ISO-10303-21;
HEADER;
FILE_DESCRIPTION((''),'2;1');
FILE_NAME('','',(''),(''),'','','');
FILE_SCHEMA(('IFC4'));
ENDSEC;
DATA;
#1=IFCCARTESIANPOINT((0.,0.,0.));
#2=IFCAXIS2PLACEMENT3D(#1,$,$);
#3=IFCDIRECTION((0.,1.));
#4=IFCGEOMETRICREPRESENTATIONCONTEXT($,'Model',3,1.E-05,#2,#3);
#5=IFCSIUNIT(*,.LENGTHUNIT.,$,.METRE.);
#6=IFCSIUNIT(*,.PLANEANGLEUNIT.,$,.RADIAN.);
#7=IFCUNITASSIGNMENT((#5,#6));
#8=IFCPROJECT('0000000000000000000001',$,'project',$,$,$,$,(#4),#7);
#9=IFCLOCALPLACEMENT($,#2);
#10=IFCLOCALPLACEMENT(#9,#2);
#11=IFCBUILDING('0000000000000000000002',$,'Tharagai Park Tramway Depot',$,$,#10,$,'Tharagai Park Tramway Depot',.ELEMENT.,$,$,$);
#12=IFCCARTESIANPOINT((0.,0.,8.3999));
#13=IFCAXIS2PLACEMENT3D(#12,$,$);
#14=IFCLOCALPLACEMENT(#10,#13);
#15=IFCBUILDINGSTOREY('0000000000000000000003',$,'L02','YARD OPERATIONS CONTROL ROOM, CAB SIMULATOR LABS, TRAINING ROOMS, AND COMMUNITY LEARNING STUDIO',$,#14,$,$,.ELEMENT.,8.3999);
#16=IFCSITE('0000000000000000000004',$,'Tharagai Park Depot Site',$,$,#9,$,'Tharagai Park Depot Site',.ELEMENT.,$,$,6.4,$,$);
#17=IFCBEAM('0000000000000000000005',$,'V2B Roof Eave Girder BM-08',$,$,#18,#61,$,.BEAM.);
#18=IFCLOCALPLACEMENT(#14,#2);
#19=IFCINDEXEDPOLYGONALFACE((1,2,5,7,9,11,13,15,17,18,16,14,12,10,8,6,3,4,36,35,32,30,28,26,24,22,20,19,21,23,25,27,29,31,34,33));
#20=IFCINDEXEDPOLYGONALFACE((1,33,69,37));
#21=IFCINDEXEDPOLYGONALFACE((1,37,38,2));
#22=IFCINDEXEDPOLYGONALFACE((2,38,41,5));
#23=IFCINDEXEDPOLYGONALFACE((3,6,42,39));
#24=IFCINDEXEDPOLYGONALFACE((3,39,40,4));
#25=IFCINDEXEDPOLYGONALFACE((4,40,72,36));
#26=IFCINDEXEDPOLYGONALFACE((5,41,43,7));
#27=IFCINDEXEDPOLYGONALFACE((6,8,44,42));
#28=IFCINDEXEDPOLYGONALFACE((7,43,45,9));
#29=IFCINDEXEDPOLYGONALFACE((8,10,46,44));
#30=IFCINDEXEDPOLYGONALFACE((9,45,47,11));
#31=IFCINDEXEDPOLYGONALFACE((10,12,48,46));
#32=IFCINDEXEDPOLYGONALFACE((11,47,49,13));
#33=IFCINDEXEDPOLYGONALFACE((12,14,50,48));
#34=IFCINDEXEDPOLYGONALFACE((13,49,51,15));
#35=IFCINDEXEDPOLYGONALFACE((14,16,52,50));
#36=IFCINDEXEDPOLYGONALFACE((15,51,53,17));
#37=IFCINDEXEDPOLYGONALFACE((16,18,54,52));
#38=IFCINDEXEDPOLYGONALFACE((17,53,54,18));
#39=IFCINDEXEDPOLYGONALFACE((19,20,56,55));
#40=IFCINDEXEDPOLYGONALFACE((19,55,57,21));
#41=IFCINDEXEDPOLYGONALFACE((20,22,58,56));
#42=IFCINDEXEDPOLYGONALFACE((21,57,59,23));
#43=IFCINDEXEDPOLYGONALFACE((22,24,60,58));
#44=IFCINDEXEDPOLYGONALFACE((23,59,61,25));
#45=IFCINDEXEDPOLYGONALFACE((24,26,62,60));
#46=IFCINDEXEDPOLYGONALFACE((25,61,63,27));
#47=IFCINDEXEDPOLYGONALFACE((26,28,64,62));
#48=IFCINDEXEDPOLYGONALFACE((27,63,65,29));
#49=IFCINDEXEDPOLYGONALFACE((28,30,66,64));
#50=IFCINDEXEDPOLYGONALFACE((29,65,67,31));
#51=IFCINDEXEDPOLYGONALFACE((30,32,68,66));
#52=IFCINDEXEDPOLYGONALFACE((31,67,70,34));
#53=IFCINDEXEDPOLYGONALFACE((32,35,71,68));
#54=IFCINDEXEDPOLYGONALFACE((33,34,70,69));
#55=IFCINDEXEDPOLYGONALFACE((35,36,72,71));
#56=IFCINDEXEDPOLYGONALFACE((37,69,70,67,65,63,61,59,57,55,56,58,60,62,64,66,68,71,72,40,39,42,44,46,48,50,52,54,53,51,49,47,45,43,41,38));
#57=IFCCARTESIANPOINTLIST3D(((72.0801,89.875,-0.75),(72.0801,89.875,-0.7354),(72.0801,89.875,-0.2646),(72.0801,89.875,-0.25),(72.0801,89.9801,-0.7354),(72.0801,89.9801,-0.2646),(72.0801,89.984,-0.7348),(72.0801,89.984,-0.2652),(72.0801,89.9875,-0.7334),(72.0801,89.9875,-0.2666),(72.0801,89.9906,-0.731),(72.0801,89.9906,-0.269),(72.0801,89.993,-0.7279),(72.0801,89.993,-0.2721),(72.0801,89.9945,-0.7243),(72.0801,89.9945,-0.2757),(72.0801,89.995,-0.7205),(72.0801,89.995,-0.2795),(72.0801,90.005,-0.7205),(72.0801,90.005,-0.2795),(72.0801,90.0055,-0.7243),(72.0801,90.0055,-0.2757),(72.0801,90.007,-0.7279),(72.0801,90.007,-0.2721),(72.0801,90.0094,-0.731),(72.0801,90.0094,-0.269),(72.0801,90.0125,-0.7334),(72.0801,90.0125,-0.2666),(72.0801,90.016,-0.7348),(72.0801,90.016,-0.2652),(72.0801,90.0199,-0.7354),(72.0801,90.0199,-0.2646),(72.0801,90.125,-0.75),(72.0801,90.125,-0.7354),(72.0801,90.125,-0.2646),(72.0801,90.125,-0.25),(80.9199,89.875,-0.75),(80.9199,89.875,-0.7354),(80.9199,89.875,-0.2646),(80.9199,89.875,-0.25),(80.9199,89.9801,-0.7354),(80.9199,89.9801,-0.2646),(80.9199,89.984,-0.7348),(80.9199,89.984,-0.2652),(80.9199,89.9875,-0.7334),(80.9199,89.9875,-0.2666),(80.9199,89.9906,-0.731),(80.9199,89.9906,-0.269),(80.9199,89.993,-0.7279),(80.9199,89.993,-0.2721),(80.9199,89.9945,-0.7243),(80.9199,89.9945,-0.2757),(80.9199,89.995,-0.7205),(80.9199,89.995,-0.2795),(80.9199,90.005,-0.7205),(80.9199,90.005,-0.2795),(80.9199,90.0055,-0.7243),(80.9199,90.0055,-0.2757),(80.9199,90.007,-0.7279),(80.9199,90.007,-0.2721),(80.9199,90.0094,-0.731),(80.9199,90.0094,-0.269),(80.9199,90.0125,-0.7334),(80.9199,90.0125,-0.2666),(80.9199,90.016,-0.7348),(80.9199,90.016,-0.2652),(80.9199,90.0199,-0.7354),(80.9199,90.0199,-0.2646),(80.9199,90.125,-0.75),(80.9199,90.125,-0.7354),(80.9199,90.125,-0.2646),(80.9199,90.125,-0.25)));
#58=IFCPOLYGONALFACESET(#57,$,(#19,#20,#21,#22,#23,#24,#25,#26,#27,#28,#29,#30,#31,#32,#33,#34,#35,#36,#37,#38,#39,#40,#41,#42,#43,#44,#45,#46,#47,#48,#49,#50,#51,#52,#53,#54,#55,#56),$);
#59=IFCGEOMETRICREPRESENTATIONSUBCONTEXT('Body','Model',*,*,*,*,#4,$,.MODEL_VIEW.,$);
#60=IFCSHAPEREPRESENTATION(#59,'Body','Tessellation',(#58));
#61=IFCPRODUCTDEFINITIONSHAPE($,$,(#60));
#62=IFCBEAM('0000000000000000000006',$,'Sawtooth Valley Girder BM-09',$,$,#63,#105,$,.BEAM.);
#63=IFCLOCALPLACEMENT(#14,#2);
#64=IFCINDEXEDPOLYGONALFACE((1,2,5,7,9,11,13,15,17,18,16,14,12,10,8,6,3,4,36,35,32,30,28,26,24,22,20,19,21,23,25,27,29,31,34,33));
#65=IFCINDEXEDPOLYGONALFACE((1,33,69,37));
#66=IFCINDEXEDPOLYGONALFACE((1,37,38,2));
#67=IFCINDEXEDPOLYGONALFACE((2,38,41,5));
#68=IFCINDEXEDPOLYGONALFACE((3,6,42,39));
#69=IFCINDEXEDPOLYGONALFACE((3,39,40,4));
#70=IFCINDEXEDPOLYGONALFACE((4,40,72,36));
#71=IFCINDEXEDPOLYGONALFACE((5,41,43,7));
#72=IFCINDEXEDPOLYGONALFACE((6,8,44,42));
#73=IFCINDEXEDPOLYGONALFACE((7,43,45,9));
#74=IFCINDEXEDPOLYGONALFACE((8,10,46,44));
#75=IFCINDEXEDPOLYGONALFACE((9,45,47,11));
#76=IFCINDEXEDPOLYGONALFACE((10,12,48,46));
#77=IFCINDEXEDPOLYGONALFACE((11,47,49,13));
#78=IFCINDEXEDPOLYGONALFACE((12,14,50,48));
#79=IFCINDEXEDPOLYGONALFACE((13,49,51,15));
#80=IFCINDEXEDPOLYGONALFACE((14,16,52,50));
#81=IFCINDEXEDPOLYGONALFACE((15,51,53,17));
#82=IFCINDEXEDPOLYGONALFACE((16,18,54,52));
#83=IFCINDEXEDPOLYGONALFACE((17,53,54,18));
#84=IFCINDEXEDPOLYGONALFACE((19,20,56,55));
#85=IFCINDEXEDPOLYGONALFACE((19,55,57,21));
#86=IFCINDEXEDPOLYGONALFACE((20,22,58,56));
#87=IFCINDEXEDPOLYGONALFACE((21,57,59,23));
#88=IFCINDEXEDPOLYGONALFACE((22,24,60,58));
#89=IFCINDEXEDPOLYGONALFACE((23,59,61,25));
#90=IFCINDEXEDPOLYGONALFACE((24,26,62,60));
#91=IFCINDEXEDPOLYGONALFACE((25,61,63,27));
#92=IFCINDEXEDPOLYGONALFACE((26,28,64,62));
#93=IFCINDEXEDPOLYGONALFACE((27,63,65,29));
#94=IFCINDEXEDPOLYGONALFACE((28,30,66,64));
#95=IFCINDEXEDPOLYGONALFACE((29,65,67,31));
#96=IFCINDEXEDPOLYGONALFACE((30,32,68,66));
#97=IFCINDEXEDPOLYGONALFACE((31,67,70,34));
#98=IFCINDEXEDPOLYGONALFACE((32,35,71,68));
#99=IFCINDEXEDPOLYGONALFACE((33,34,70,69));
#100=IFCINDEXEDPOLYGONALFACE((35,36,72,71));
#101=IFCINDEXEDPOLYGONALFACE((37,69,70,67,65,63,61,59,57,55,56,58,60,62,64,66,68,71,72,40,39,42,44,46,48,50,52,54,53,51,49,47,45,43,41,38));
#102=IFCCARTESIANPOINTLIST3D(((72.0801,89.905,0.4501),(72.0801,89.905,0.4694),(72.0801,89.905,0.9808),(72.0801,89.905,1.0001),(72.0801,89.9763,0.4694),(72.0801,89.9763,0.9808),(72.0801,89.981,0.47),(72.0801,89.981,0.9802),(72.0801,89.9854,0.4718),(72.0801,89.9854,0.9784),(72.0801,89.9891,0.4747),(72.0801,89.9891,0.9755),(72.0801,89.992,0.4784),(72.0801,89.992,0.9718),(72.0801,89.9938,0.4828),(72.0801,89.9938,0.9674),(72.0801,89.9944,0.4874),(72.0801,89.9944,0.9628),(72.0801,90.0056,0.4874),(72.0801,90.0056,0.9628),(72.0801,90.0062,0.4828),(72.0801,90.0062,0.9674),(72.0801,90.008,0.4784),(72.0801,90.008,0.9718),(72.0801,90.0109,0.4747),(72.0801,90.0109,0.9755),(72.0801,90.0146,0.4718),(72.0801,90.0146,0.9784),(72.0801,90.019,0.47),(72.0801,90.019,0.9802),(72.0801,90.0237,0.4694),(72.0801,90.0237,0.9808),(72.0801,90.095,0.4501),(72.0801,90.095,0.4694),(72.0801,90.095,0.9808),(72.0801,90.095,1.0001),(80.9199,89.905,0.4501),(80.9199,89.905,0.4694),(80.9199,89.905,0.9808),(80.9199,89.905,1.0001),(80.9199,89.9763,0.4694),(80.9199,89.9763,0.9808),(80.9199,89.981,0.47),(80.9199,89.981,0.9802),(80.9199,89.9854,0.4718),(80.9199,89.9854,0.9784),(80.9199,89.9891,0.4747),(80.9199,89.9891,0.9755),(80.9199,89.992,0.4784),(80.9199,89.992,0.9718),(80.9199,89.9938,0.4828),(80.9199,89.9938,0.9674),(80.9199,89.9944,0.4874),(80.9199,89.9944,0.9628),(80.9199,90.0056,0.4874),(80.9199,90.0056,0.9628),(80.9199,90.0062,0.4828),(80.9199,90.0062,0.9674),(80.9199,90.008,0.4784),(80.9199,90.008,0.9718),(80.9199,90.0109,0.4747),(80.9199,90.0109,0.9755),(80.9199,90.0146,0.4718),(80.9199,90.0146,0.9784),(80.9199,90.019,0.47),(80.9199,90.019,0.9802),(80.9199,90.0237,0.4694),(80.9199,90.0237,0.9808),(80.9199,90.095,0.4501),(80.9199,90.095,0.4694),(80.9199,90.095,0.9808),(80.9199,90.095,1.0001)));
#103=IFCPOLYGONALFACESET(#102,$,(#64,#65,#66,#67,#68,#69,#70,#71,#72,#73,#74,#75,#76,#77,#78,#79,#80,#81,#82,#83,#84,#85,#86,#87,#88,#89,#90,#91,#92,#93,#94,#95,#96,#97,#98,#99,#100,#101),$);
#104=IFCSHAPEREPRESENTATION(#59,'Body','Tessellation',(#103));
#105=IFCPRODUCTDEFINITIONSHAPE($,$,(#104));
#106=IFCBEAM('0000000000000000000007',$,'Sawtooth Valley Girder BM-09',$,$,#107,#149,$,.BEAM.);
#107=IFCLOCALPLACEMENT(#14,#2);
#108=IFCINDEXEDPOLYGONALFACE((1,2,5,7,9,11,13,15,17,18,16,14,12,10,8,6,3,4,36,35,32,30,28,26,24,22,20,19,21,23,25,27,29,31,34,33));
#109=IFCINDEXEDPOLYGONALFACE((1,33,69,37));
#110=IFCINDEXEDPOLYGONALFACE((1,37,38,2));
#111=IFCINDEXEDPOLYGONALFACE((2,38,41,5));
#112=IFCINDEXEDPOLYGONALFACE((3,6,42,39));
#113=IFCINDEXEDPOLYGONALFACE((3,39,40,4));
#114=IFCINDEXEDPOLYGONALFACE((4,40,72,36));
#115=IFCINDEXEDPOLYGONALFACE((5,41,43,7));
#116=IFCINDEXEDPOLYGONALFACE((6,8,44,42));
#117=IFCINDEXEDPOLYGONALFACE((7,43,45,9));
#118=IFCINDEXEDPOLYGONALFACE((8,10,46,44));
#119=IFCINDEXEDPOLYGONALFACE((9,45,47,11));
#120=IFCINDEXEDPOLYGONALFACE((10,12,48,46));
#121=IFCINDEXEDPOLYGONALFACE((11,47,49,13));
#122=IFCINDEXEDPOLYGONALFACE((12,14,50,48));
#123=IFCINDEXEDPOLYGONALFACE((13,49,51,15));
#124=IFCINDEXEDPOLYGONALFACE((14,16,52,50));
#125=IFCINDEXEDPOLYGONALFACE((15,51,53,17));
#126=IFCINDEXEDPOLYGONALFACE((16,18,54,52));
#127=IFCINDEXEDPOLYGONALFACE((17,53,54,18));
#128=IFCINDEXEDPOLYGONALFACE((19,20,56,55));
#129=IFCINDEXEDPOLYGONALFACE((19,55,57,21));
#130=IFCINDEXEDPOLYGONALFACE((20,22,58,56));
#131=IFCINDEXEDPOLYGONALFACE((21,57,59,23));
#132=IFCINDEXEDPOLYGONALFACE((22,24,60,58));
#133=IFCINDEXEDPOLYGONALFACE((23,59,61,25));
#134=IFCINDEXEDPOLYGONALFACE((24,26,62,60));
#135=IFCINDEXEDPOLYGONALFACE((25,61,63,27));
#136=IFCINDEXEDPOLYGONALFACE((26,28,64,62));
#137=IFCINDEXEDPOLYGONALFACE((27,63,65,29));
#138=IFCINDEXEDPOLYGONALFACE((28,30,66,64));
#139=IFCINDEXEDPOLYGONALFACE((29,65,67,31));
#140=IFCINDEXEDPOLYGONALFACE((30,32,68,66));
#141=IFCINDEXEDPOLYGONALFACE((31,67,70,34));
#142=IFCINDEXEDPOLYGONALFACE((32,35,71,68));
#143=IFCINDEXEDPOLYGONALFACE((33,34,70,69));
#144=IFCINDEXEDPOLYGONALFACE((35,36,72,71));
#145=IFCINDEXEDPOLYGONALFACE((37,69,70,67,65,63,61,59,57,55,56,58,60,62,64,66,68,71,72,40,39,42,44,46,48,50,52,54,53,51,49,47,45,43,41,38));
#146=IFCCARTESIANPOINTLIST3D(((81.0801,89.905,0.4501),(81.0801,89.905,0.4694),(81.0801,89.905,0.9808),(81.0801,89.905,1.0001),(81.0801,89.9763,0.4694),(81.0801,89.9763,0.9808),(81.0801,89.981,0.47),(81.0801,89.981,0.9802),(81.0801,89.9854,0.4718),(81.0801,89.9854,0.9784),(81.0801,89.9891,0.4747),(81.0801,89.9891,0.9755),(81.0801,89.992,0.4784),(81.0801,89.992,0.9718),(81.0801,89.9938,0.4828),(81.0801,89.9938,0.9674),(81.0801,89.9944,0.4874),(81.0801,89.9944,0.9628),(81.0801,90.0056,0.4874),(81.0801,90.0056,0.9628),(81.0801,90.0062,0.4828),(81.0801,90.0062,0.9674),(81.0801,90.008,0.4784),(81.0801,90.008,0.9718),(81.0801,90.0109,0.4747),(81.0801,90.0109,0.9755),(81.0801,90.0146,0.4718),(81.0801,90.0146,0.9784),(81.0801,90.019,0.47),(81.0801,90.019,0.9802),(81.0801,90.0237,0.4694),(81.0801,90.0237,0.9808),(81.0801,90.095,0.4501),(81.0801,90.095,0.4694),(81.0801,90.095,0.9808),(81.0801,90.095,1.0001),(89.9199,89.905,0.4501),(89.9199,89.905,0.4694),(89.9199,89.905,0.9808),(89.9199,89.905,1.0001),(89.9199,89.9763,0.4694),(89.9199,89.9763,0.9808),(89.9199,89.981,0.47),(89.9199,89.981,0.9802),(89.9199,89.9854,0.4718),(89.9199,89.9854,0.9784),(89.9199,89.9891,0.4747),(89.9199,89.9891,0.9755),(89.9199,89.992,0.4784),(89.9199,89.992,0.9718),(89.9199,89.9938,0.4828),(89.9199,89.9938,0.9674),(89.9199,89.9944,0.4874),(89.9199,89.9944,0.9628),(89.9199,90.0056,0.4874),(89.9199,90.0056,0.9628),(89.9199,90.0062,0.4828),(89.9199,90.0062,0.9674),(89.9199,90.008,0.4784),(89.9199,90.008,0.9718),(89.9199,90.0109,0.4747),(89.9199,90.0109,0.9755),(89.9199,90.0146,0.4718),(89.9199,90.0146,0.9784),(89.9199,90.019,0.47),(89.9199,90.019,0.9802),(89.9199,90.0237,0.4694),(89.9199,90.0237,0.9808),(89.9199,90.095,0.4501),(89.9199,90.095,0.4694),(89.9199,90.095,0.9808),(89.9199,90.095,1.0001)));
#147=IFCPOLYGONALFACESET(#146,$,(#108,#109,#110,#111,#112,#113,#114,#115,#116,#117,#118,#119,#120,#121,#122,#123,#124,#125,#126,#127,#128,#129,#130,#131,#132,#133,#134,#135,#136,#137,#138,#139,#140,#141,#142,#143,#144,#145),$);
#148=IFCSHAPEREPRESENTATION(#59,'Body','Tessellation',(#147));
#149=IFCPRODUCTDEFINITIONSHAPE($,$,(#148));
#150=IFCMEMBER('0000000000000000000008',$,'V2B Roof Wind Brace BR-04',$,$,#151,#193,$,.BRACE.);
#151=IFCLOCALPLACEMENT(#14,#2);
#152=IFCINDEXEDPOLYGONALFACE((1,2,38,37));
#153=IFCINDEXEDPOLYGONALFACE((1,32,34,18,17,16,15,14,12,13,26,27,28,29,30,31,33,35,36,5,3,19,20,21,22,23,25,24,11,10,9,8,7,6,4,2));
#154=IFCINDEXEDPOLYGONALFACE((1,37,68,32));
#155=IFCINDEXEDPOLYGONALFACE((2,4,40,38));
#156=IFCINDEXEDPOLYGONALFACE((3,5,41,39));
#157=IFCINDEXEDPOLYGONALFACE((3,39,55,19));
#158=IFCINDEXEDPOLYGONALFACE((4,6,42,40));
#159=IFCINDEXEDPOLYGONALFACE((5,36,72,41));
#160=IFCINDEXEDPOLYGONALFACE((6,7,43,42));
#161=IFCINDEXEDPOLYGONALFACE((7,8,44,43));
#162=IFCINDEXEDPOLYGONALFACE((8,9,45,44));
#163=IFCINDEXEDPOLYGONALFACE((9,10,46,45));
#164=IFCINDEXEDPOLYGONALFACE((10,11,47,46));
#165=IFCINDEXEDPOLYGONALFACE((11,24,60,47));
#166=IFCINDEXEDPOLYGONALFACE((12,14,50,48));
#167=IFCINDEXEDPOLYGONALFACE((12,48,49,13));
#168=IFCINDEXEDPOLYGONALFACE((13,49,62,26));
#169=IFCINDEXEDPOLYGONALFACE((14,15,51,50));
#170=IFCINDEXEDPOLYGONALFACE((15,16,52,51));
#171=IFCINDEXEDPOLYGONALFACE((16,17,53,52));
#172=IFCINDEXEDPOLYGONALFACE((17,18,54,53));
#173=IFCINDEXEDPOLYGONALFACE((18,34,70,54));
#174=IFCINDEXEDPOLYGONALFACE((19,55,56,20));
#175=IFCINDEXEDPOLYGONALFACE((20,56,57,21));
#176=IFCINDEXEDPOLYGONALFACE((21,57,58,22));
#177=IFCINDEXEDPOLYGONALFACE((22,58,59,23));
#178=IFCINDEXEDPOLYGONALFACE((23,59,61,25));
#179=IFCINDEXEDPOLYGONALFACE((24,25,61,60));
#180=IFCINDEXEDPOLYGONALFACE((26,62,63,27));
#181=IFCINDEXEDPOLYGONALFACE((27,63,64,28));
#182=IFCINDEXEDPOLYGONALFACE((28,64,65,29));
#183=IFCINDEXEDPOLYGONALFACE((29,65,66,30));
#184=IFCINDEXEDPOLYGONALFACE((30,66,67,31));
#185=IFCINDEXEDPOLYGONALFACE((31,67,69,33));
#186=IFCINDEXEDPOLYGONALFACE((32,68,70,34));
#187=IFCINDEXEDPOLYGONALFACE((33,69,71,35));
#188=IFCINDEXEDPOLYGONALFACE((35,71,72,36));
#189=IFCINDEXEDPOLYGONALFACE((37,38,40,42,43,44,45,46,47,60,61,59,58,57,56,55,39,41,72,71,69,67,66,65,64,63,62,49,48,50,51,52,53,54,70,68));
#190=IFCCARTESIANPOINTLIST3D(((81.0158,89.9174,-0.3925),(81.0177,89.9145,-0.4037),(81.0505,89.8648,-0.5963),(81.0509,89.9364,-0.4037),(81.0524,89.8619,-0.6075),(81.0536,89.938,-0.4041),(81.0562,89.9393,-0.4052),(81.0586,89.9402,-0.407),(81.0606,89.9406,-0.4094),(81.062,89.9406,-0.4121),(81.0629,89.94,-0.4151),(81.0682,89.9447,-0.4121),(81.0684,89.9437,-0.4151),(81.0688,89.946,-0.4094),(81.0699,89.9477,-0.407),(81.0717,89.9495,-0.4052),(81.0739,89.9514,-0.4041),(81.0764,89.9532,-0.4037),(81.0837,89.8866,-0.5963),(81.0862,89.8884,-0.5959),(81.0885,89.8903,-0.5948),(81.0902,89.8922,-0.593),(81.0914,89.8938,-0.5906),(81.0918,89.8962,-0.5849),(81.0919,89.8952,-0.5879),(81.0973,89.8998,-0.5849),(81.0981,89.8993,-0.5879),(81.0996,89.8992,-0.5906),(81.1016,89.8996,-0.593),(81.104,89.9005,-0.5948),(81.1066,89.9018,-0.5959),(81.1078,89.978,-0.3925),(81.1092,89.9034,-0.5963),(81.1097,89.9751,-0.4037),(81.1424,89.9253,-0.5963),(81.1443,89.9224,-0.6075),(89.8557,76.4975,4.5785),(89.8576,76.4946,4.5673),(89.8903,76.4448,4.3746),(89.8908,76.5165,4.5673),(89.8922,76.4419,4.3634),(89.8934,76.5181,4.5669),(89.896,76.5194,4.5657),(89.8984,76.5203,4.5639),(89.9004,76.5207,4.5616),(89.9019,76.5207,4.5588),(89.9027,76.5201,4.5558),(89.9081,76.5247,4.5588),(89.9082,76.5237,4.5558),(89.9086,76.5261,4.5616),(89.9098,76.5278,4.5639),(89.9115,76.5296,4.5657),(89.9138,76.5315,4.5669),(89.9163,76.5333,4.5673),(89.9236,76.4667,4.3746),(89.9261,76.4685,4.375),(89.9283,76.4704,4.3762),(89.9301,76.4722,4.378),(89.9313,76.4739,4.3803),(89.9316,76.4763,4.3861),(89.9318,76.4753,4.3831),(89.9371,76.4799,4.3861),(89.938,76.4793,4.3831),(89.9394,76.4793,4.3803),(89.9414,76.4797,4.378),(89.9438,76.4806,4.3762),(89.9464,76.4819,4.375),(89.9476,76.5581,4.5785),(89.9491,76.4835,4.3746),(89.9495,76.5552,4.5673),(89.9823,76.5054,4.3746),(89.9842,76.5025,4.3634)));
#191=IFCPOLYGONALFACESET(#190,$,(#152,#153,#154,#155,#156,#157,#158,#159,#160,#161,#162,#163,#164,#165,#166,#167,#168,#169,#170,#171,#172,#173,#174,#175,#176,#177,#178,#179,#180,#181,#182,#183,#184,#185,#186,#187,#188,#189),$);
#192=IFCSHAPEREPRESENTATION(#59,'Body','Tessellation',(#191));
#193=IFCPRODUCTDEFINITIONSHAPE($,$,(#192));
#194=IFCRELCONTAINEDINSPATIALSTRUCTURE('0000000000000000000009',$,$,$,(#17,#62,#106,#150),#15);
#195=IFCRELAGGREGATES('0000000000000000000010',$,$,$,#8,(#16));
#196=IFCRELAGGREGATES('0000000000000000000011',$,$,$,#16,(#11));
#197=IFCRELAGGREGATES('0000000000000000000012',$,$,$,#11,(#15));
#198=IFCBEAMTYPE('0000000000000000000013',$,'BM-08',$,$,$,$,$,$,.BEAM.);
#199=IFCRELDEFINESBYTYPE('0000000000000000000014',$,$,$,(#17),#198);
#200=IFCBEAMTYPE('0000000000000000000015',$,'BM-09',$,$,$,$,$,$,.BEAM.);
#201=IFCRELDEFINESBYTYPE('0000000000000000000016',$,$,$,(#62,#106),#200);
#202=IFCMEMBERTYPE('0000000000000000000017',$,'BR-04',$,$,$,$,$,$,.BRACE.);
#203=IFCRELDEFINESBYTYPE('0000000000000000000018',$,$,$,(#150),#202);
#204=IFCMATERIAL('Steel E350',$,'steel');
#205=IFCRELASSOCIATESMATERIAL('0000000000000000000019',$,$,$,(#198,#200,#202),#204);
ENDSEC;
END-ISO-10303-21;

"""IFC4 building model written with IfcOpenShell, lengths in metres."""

from ifc_helpers import new_model, si_unit, direction, frame, origin, origin_2d, place, context, subcontext, project, spatial, i_section, extrude, material, material_profile, profile_set, type_object, element, save


model = new_model("IFC4")

# Units and contexts
model_context = context("Model", 3, precision=1e-05, world=origin(), true_north=direction((0.0, 1.0)))
body_context = subcontext(model_context, "Body", "Model", "MODEL_VIEW")
ifc_project = project(units=[si_unit("LENGTHUNIT", "METRE"), si_unit("PLANEANGLEUNIT", "RADIAN")], contexts=[model_context])

# Site, building, storey
site_placement = place(None, origin())
site = spatial("IfcSite", under=ifc_project, at=site_placement, Name="Tharagai Park Depot Site", LongName="Tharagai Park Depot Site", CompositionType="ELEMENT", RefElevation=6.4)
building_placement = place(site_placement, origin())
building = spatial("IfcBuilding", under=site, at=building_placement, Name="Tharagai Park Tramway Depot", LongName="Tharagai Park Tramway Depot", CompositionType="ELEMENT")
storey_placement = place(building_placement, frame((0.0, 0.0, 8.3999)))
storey = spatial("IfcBuildingStorey", under=building, at=storey_placement, Name="L02", Description="YARD OPERATIONS CONTROL ROOM, CAB SIMULATOR LABS, TRAINING ROOMS, AND COMMUNITY LEARNING STUDIO", CompositionType="ELEMENT", Elevation=8.3999)

# Shared definitions
ifc_material_1 = material(Name="Steel E350", Category="steel")

# Beams
ifc_material_profile_1 = material_profile(ifc_material_1, i_section(OverallWidth=0.25, OverallDepth=0.5, WebThickness=0.01, FlangeThickness=0.0146, FilletRadius=0.0149, at=origin_2d()), Name="ISWB 500")
ifc_profile_set_1 = profile_set([ifc_material_profile_1], Name="Steel E350")
beam_type_1 = type_object("IfcBeamType", Name="BM-08", PredefinedType="BEAM", material=ifc_profile_set_1)
beam_placement = place(storey_placement, frame((72.0801, 90.0, -0.5), z_axis=(1.0, 0.0, 0.0), x_axis=(0.0, 1.0, 0.0)))
element("IfcBeam", 1, at=beam_placement, inside=storey, type_object=beam_type_1, Name="V2B Roof Eave Girder BM-08", PredefinedType="BEAM", context=body_context, shape_type="SweptSolid", body=[
    extrude(i_section(OverallWidth=0.25, OverallDepth=0.5, WebThickness=0.01, FlangeThickness=0.0146, FilletRadius=0.0149, at=origin_2d()), origin(), (0.0, 0.0, 1.0), 8.8398),
])
ifc_material_profile_2 = material_profile(ifc_material_1, i_section(OverallWidth=0.1899, OverallDepth=0.55, WebThickness=0.0112, FlangeThickness=0.0193, FilletRadius=0.0181, at=origin_2d()), Name="ISMB 550")
ifc_profile_set_2 = profile_set([ifc_material_profile_2], Name="Steel E350")
beam_type_2 = type_object("IfcBeamType", Name="BM-09", PredefinedType="BEAM", material=ifc_profile_set_2)
for number, where, z_axis, x_axis, name in (
    (2, (72.0801, 90.0, 0.7251), (1.0, 0.0, 0.0), (0.0, 1.0, 0.0), "Sawtooth Valley Girder BM-09"),
    (3, (81.0801, 90.0, 0.7251), (1.0, 0.0, 0.0), (0.0, 1.0, 0.0), "Sawtooth Valley Girder BM-09"),
):
    element("IfcBeam", number, at=place(storey_placement, frame(where, z_axis=z_axis, x_axis=x_axis)), inside=storey, type_object=beam_type_2, Name=name, PredefinedType="BEAM", context=body_context, shape_type="SweptSolid", body=[
        extrude(i_section(OverallWidth=0.1899, OverallDepth=0.55, WebThickness=0.0112, FlangeThickness=0.0193, FilletRadius=0.0181, at=origin_2d()), origin(), (0.0, 0.0, 1.0), 8.8398),
    ])

# Member
ifc_material_profile_3 = material_profile(ifc_material_1, i_section(OverallWidth=0.1101, OverallDepth=0.2251, WebThickness=0.0066, FlangeThickness=0.0117, FilletRadius=0.012, at=origin_2d()), Name="ISMB 225")
ifc_profile_set_3 = profile_set([ifc_material_profile_3], Name="Steel E350")
member_type_1 = type_object("IfcMemberType", Name="BR-04", PredefinedType="BRACE", material=ifc_profile_set_3)
member_1_placement = place(storey_placement, frame((81.0801, 89.9199, -0.5), z_axis=(0.525523, -0.797806, 0.29552), x_axis=(0.835104, 0.550092, 0.0)))
element("IfcMember", 4, at=member_1_placement, inside=storey, type_object=member_type_1, Name="V2B Roof Wind Brace BR-04", PredefinedType="BRACE", context=body_context, shape_type="SweptSolid", body=[
    extrude(i_section(OverallWidth=0.1101, OverallDepth=0.2251, WebThickness=0.0066, FlangeThickness=0.0117, FilletRadius=0.012, at=origin_2d()), origin(), (0.0, 0.0, 1.0), 16.821),
])

save(model, "model.ifc")
